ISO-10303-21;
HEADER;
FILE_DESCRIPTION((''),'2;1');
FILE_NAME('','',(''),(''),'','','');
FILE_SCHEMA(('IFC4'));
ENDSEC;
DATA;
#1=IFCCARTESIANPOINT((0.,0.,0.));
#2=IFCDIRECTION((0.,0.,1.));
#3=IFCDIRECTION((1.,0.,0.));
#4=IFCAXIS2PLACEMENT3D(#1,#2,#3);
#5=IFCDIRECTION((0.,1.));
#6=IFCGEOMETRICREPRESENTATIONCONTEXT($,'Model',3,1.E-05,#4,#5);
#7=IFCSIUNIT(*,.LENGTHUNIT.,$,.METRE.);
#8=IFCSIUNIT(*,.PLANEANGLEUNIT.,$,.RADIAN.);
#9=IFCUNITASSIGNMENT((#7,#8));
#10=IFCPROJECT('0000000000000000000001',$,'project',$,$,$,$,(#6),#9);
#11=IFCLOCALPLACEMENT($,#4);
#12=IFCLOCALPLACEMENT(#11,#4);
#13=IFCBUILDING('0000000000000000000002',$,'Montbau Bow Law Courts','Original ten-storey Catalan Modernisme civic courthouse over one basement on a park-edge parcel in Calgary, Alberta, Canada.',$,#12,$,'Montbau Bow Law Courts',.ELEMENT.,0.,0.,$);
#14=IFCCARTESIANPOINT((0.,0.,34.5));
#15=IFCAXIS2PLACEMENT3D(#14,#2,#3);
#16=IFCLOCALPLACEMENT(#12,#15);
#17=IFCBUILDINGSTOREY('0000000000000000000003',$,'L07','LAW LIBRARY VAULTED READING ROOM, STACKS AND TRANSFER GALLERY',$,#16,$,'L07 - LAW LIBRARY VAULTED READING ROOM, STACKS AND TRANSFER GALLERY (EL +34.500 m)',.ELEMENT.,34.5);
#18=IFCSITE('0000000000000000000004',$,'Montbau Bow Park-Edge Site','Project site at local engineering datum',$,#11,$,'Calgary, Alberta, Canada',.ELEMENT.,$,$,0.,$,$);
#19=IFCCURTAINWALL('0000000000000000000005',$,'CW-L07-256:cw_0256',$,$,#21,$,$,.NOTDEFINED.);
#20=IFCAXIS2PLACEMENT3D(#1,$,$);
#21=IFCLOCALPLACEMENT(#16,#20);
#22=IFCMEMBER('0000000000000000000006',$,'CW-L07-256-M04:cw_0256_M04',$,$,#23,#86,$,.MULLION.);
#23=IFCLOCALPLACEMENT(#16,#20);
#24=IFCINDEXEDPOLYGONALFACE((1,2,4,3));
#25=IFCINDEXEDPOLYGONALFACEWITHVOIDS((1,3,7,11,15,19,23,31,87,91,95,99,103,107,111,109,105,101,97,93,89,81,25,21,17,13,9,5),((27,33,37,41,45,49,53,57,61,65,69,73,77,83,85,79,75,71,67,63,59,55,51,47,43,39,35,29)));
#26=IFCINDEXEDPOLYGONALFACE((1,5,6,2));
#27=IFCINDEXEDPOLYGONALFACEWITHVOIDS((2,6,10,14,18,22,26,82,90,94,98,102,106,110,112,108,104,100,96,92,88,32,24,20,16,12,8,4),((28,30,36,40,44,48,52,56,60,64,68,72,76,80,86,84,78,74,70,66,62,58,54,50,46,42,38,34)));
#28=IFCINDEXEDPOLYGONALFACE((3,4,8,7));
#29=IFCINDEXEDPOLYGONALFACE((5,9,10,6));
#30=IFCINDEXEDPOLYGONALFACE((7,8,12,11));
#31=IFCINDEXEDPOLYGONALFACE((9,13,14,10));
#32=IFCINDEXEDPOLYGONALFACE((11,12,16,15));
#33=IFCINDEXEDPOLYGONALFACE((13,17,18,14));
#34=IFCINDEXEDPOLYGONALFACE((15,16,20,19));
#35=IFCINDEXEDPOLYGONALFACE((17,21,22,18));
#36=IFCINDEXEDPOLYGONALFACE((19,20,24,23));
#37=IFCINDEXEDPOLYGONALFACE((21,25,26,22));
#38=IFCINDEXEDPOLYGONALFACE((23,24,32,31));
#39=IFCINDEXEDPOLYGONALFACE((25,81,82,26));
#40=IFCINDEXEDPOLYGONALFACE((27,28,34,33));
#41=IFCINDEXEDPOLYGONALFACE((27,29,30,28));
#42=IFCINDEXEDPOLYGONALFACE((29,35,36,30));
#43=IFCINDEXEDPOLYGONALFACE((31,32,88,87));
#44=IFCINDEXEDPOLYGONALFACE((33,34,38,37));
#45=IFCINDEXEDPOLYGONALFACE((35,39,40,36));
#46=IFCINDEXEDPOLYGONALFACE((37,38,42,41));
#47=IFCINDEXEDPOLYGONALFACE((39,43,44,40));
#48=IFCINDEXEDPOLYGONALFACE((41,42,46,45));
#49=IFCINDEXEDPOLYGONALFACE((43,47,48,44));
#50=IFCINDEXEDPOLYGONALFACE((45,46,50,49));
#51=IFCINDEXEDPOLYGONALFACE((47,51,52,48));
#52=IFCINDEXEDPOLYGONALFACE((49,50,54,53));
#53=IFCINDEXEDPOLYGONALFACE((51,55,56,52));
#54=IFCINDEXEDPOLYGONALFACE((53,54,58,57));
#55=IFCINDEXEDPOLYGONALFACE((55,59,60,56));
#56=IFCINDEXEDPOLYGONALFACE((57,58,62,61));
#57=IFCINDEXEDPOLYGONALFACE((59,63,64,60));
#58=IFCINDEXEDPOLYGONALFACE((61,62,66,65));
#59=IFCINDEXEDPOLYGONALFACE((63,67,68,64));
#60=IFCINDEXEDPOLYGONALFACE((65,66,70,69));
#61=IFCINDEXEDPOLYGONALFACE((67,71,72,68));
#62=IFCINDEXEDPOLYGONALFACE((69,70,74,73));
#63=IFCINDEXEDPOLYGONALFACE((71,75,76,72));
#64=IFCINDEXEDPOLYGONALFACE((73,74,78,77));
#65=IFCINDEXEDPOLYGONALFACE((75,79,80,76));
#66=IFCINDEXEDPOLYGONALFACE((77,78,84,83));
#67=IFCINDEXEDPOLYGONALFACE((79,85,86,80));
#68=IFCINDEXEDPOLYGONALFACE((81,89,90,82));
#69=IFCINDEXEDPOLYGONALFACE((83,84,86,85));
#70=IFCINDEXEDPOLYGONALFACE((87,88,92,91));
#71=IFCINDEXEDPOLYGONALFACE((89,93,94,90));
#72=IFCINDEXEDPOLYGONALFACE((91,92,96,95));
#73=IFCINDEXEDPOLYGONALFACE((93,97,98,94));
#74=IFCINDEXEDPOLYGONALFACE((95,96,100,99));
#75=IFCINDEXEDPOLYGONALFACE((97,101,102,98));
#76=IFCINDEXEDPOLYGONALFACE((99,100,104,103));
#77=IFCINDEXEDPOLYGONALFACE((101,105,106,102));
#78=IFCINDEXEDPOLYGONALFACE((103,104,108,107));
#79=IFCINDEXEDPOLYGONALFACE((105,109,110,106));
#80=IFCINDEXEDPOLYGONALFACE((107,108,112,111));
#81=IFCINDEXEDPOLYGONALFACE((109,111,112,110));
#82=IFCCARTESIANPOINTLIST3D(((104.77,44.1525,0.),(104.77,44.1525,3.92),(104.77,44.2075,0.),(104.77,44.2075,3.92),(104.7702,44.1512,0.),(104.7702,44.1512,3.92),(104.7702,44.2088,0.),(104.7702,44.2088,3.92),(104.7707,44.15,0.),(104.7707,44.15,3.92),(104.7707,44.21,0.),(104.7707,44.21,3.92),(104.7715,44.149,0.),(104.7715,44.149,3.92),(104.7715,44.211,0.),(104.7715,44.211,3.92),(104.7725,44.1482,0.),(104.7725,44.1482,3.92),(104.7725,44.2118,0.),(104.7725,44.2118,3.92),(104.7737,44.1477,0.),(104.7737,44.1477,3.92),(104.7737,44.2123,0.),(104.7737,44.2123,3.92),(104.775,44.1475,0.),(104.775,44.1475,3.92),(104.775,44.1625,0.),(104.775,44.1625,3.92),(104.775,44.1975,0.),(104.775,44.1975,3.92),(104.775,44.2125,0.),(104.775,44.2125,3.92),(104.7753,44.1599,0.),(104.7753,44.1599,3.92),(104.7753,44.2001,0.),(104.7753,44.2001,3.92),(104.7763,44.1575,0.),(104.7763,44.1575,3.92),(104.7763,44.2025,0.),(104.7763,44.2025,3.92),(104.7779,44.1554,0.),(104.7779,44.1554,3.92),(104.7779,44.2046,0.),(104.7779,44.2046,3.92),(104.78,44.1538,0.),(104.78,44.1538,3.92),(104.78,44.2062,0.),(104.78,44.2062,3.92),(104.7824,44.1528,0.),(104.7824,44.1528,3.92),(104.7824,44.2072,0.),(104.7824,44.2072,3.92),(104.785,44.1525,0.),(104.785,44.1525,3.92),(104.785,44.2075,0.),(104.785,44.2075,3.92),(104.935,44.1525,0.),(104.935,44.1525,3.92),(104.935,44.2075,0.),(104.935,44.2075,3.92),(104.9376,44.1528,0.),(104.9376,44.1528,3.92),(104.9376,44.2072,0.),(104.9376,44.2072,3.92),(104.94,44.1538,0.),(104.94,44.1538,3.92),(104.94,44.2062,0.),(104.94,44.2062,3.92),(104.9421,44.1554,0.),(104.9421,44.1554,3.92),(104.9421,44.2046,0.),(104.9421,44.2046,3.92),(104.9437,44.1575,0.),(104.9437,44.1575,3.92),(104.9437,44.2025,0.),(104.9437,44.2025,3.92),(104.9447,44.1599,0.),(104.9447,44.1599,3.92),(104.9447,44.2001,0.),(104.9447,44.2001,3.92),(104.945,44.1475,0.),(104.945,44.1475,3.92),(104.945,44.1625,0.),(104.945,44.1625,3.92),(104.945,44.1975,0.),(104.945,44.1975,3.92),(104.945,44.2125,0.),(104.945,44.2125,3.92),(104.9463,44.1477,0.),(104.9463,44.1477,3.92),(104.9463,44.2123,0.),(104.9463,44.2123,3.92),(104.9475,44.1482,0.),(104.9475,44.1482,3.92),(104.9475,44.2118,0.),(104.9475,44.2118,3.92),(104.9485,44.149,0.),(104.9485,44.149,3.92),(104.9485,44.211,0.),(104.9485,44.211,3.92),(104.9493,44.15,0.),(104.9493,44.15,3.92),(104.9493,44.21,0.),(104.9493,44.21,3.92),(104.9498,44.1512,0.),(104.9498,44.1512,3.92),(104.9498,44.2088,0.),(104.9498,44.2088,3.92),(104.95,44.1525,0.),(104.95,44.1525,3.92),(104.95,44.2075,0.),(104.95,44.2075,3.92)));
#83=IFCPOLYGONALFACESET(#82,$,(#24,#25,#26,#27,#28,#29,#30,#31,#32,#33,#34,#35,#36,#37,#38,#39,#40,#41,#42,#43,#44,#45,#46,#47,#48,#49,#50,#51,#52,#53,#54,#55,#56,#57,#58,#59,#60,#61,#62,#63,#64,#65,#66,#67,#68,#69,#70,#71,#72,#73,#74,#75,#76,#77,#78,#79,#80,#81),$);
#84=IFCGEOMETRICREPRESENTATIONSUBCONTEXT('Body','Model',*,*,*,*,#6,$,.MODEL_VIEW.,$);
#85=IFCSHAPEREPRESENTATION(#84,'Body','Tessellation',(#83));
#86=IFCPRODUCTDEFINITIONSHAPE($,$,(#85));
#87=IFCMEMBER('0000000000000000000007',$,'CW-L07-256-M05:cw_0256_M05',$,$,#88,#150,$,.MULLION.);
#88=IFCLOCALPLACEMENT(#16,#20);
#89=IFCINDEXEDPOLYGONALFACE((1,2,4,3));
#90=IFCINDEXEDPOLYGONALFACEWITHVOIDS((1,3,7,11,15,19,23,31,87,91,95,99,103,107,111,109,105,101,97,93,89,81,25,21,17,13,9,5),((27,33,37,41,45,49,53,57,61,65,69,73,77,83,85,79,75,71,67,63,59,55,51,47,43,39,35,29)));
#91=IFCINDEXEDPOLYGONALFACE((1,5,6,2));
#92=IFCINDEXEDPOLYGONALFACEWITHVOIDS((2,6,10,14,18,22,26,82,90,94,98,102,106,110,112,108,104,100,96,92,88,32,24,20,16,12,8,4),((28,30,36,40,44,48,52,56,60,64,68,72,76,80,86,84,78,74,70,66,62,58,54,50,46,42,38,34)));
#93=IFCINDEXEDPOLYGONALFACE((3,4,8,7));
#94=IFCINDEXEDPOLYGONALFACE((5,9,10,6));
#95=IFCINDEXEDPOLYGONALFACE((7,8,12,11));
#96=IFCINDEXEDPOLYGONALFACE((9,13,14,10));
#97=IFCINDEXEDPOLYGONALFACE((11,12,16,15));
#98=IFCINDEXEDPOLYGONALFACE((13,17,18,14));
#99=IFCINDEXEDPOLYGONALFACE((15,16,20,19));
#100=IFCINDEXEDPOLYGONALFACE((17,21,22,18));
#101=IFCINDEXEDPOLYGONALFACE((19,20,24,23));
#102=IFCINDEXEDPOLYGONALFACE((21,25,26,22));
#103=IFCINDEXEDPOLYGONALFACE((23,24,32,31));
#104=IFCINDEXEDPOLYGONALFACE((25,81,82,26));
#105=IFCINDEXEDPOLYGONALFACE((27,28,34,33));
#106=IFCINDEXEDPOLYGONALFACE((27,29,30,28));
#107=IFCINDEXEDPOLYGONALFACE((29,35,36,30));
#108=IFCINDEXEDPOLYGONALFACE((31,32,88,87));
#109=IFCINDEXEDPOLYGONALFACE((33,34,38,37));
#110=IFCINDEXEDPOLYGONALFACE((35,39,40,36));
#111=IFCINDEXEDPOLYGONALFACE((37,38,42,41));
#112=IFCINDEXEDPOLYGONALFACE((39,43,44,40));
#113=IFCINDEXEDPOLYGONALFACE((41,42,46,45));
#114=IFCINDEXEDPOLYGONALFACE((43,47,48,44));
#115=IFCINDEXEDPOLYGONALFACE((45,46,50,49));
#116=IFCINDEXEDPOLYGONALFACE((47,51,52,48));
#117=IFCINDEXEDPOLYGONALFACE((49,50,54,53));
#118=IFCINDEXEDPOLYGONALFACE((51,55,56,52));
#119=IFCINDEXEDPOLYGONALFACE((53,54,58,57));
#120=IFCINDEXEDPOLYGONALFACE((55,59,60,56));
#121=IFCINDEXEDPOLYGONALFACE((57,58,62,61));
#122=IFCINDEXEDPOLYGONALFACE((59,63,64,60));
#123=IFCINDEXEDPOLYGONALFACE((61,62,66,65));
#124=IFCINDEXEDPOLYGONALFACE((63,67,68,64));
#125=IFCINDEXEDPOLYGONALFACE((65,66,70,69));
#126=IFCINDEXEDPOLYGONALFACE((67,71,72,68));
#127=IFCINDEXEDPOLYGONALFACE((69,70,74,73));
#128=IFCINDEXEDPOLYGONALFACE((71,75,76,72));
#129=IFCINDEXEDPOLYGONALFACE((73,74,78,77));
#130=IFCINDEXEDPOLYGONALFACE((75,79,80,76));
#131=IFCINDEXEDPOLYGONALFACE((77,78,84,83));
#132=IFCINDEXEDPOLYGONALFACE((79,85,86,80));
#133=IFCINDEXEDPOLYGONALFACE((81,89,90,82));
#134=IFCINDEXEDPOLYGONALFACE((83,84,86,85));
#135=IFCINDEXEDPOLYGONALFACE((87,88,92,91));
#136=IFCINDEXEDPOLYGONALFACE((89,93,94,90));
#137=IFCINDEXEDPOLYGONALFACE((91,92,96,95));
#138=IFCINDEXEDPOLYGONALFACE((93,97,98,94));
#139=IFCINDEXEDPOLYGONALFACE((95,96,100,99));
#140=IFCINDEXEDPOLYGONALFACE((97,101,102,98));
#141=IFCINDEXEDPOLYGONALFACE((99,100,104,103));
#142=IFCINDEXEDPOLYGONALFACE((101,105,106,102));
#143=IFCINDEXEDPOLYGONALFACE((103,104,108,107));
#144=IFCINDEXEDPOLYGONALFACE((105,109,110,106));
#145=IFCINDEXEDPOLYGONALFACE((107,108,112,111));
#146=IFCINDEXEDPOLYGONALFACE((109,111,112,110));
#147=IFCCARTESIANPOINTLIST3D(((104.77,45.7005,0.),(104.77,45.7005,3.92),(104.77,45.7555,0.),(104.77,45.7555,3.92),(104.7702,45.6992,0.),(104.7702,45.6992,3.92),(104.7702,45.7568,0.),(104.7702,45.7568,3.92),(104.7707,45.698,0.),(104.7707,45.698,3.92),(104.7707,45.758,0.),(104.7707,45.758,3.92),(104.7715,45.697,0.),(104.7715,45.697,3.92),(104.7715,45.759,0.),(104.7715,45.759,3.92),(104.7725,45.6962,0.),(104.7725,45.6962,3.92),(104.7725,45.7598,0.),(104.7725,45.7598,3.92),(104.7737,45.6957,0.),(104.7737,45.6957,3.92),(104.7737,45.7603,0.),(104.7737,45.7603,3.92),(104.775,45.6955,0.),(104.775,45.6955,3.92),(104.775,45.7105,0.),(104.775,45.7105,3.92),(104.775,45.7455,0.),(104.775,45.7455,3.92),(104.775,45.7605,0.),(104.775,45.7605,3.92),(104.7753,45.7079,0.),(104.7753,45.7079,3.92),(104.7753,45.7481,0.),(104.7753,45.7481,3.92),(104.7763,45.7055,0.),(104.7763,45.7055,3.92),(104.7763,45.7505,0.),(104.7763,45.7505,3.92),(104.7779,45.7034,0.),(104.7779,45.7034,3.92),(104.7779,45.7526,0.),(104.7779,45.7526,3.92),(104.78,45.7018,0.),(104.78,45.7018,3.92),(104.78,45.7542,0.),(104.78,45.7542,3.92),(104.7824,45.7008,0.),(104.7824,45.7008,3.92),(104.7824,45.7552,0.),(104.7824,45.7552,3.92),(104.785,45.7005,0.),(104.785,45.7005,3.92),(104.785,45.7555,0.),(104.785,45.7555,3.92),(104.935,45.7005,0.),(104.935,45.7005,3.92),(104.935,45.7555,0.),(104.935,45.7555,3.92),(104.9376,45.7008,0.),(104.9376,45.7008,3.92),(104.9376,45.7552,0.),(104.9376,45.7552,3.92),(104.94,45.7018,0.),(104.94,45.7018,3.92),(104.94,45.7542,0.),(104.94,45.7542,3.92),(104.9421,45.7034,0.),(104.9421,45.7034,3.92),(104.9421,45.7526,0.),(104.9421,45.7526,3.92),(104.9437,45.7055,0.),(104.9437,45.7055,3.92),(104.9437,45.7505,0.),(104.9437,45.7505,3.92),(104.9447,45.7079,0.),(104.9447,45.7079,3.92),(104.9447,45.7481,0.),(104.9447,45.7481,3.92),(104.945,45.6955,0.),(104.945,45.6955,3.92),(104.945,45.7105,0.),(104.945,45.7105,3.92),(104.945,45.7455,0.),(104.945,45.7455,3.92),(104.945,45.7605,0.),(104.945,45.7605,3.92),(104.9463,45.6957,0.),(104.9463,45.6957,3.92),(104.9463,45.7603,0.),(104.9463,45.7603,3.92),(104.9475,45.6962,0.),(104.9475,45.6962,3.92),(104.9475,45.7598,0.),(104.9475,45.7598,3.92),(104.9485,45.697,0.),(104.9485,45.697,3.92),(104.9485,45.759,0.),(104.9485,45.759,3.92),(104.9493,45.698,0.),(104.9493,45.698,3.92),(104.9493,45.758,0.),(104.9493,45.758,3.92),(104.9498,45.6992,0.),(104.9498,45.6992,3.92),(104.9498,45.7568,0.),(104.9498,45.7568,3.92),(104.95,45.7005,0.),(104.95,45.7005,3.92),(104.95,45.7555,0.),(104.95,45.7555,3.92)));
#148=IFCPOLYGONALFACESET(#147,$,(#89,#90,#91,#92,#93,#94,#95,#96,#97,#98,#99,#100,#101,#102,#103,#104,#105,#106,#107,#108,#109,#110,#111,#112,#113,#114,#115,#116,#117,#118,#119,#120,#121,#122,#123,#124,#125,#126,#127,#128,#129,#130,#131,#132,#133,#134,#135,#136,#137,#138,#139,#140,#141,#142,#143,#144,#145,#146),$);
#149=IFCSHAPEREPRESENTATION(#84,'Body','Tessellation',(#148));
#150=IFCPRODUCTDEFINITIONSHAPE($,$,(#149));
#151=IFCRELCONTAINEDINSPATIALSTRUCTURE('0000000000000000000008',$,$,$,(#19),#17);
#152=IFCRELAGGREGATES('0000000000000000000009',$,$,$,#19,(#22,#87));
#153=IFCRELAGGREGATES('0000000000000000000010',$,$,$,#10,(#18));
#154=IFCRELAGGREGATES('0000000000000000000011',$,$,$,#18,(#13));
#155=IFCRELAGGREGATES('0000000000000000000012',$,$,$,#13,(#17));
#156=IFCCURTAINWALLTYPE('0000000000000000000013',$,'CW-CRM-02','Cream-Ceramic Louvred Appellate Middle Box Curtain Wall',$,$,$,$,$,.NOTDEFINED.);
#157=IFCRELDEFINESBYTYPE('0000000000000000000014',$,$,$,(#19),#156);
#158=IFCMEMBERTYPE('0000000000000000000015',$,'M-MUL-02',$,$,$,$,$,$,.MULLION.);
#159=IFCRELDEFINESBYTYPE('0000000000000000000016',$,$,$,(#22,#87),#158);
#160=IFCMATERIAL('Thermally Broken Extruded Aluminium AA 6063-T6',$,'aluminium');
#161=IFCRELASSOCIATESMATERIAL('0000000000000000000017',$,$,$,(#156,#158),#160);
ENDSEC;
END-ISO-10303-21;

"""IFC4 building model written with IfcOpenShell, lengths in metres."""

from ifc_helpers import new_model, si_unit, direction, frame, origin_with_axes, origin_2d_with_axis, place, context, subcontext, project, spatial, hollow_rectangle, extrude, material, material_profile, profile_set, type_object, element, aggregate, save


model = new_model("IFC4")

# Units and contexts
model_context = context("Model", 3, precision=1e-05, world=origin_with_axes(), true_north=direction((0.0, 1.0)))
body_context = subcontext(model_context, "Body", "Model", "MODEL_VIEW")
ifc_project = project(units=[si_unit("LENGTHUNIT", "METRE"), si_unit("PLANEANGLEUNIT", "RADIAN")], contexts=[model_context])

# Site, building, storey
site_placement = place(None, origin_with_axes())
site = spatial("IfcSite", under=ifc_project, at=site_placement, Name="Montbau Bow Park-Edge Site", Description="Project site at local engineering datum", LongName="Calgary, Alberta, Canada", CompositionType="ELEMENT", RefElevation=0.0)
building_placement = place(site_placement, origin_with_axes())
building = spatial("IfcBuilding", under=site, at=building_placement, Name="Montbau Bow Law Courts", Description="Original ten-storey Catalan Modernisme civic courthouse over one basement on a park-edge parcel in Calgary, Alberta, Canada.", LongName="Montbau Bow Law Courts", CompositionType="ELEMENT", ElevationOfRefHeight=0.0, ElevationOfTerrain=0.0)
storey_placement = place(building_placement, frame((0.0, 0.0, 34.5), z_axis=(0.0, 0.0, 1.0), x_axis=(1.0, 0.0, 0.0)))
storey = spatial("IfcBuildingStorey", under=building, at=storey_placement, Name="L07", Description="LAW LIBRARY VAULTED READING ROOM, STACKS AND TRANSFER GALLERY", LongName="L07 - LAW LIBRARY VAULTED READING ROOM, STACKS AND TRANSFER GALLERY (EL +34.500 m)", CompositionType="ELEMENT", Elevation=34.5)

# Curtain wall, members
ifc_material_1 = material(Name="Thermally Broken Extruded Aluminium AA 6063-T6", Category="aluminium")
curtain_wall_type = type_object("IfcCurtainWallType", Name="CW-CRM-02", Description="Cream-Ceramic Louvred Appellate Middle Box Curtain Wall", PredefinedType="NOTDEFINED", material=ifc_material_1)
curtain_wall_1_placement = place(None, frame((104.86, 39.44, 34.5), z_axis=(0.0, 0.0, 1.0), x_axis=(1.0, 0.0, 0.0)))
curtain_wall_1 = element("IfcCurtainWall", 1, at=curtain_wall_1_placement, inside=storey, type_object=curtain_wall_type, Name="CW-L07-256:cw_0256", PredefinedType="NOTDEFINED")
ifc_material_profile_1 = material_profile(ifc_material_1, hollow_rectangle(XDim=0.065, YDim=0.18, WallThickness=0.005, InnerFilletRadius=0.01, OuterFilletRadius=0.005, at=origin_2d_with_axis()), Name="CWM-180X65", Category="Main", Priority=0)
ifc_profile_set_1 = profile_set([ifc_material_profile_1], Name="Thermally Broken Extruded Aluminium AA 6063-T6")
member_type_1 = type_object("IfcMemberType", Name="M-MUL-02", PredefinedType="MULLION", material=ifc_profile_set_1)
member_1_placement = place(None, frame((104.86, 44.18, 34.5), z_axis=(0.0, 0.0, 1.0), x_axis=(0.0, 1.0, 0.0)))
member_1 = element("IfcMember", 2, at=member_1_placement, type_object=member_type_1, Name="CW-L07-256-M04:cw_0256_M04", PredefinedType="MULLION", context=body_context, shape_type="SweptSolid", body=[
    extrude(hollow_rectangle(XDim=0.065, YDim=0.18, WallThickness=0.005, InnerFilletRadius=0.01, OuterFilletRadius=0.005, at=origin_2d_with_axis()), origin_with_axes(), (0.0, 0.0, 1.0), 3.92),
])
member_2_placement = place(None, frame((104.86, 45.728, 34.5), z_axis=(0.0, 0.0, 1.0), x_axis=(0.0, 1.0, 0.0)))
member_2 = element("IfcMember", 3, at=member_2_placement, type_object=member_type_1, Name="CW-L07-256-M05:cw_0256_M05", PredefinedType="MULLION", context=body_context, shape_type="SweptSolid", body=[
    extrude(hollow_rectangle(XDim=0.065, YDim=0.18, WallThickness=0.005, InnerFilletRadius=0.01, OuterFilletRadius=0.005, at=origin_2d_with_axis()), origin_with_axes(), (0.0, 0.0, 1.0), 3.92),
])

aggregate(curtain_wall_1, [member_1, member_2])

save(model, "model.ifc")
